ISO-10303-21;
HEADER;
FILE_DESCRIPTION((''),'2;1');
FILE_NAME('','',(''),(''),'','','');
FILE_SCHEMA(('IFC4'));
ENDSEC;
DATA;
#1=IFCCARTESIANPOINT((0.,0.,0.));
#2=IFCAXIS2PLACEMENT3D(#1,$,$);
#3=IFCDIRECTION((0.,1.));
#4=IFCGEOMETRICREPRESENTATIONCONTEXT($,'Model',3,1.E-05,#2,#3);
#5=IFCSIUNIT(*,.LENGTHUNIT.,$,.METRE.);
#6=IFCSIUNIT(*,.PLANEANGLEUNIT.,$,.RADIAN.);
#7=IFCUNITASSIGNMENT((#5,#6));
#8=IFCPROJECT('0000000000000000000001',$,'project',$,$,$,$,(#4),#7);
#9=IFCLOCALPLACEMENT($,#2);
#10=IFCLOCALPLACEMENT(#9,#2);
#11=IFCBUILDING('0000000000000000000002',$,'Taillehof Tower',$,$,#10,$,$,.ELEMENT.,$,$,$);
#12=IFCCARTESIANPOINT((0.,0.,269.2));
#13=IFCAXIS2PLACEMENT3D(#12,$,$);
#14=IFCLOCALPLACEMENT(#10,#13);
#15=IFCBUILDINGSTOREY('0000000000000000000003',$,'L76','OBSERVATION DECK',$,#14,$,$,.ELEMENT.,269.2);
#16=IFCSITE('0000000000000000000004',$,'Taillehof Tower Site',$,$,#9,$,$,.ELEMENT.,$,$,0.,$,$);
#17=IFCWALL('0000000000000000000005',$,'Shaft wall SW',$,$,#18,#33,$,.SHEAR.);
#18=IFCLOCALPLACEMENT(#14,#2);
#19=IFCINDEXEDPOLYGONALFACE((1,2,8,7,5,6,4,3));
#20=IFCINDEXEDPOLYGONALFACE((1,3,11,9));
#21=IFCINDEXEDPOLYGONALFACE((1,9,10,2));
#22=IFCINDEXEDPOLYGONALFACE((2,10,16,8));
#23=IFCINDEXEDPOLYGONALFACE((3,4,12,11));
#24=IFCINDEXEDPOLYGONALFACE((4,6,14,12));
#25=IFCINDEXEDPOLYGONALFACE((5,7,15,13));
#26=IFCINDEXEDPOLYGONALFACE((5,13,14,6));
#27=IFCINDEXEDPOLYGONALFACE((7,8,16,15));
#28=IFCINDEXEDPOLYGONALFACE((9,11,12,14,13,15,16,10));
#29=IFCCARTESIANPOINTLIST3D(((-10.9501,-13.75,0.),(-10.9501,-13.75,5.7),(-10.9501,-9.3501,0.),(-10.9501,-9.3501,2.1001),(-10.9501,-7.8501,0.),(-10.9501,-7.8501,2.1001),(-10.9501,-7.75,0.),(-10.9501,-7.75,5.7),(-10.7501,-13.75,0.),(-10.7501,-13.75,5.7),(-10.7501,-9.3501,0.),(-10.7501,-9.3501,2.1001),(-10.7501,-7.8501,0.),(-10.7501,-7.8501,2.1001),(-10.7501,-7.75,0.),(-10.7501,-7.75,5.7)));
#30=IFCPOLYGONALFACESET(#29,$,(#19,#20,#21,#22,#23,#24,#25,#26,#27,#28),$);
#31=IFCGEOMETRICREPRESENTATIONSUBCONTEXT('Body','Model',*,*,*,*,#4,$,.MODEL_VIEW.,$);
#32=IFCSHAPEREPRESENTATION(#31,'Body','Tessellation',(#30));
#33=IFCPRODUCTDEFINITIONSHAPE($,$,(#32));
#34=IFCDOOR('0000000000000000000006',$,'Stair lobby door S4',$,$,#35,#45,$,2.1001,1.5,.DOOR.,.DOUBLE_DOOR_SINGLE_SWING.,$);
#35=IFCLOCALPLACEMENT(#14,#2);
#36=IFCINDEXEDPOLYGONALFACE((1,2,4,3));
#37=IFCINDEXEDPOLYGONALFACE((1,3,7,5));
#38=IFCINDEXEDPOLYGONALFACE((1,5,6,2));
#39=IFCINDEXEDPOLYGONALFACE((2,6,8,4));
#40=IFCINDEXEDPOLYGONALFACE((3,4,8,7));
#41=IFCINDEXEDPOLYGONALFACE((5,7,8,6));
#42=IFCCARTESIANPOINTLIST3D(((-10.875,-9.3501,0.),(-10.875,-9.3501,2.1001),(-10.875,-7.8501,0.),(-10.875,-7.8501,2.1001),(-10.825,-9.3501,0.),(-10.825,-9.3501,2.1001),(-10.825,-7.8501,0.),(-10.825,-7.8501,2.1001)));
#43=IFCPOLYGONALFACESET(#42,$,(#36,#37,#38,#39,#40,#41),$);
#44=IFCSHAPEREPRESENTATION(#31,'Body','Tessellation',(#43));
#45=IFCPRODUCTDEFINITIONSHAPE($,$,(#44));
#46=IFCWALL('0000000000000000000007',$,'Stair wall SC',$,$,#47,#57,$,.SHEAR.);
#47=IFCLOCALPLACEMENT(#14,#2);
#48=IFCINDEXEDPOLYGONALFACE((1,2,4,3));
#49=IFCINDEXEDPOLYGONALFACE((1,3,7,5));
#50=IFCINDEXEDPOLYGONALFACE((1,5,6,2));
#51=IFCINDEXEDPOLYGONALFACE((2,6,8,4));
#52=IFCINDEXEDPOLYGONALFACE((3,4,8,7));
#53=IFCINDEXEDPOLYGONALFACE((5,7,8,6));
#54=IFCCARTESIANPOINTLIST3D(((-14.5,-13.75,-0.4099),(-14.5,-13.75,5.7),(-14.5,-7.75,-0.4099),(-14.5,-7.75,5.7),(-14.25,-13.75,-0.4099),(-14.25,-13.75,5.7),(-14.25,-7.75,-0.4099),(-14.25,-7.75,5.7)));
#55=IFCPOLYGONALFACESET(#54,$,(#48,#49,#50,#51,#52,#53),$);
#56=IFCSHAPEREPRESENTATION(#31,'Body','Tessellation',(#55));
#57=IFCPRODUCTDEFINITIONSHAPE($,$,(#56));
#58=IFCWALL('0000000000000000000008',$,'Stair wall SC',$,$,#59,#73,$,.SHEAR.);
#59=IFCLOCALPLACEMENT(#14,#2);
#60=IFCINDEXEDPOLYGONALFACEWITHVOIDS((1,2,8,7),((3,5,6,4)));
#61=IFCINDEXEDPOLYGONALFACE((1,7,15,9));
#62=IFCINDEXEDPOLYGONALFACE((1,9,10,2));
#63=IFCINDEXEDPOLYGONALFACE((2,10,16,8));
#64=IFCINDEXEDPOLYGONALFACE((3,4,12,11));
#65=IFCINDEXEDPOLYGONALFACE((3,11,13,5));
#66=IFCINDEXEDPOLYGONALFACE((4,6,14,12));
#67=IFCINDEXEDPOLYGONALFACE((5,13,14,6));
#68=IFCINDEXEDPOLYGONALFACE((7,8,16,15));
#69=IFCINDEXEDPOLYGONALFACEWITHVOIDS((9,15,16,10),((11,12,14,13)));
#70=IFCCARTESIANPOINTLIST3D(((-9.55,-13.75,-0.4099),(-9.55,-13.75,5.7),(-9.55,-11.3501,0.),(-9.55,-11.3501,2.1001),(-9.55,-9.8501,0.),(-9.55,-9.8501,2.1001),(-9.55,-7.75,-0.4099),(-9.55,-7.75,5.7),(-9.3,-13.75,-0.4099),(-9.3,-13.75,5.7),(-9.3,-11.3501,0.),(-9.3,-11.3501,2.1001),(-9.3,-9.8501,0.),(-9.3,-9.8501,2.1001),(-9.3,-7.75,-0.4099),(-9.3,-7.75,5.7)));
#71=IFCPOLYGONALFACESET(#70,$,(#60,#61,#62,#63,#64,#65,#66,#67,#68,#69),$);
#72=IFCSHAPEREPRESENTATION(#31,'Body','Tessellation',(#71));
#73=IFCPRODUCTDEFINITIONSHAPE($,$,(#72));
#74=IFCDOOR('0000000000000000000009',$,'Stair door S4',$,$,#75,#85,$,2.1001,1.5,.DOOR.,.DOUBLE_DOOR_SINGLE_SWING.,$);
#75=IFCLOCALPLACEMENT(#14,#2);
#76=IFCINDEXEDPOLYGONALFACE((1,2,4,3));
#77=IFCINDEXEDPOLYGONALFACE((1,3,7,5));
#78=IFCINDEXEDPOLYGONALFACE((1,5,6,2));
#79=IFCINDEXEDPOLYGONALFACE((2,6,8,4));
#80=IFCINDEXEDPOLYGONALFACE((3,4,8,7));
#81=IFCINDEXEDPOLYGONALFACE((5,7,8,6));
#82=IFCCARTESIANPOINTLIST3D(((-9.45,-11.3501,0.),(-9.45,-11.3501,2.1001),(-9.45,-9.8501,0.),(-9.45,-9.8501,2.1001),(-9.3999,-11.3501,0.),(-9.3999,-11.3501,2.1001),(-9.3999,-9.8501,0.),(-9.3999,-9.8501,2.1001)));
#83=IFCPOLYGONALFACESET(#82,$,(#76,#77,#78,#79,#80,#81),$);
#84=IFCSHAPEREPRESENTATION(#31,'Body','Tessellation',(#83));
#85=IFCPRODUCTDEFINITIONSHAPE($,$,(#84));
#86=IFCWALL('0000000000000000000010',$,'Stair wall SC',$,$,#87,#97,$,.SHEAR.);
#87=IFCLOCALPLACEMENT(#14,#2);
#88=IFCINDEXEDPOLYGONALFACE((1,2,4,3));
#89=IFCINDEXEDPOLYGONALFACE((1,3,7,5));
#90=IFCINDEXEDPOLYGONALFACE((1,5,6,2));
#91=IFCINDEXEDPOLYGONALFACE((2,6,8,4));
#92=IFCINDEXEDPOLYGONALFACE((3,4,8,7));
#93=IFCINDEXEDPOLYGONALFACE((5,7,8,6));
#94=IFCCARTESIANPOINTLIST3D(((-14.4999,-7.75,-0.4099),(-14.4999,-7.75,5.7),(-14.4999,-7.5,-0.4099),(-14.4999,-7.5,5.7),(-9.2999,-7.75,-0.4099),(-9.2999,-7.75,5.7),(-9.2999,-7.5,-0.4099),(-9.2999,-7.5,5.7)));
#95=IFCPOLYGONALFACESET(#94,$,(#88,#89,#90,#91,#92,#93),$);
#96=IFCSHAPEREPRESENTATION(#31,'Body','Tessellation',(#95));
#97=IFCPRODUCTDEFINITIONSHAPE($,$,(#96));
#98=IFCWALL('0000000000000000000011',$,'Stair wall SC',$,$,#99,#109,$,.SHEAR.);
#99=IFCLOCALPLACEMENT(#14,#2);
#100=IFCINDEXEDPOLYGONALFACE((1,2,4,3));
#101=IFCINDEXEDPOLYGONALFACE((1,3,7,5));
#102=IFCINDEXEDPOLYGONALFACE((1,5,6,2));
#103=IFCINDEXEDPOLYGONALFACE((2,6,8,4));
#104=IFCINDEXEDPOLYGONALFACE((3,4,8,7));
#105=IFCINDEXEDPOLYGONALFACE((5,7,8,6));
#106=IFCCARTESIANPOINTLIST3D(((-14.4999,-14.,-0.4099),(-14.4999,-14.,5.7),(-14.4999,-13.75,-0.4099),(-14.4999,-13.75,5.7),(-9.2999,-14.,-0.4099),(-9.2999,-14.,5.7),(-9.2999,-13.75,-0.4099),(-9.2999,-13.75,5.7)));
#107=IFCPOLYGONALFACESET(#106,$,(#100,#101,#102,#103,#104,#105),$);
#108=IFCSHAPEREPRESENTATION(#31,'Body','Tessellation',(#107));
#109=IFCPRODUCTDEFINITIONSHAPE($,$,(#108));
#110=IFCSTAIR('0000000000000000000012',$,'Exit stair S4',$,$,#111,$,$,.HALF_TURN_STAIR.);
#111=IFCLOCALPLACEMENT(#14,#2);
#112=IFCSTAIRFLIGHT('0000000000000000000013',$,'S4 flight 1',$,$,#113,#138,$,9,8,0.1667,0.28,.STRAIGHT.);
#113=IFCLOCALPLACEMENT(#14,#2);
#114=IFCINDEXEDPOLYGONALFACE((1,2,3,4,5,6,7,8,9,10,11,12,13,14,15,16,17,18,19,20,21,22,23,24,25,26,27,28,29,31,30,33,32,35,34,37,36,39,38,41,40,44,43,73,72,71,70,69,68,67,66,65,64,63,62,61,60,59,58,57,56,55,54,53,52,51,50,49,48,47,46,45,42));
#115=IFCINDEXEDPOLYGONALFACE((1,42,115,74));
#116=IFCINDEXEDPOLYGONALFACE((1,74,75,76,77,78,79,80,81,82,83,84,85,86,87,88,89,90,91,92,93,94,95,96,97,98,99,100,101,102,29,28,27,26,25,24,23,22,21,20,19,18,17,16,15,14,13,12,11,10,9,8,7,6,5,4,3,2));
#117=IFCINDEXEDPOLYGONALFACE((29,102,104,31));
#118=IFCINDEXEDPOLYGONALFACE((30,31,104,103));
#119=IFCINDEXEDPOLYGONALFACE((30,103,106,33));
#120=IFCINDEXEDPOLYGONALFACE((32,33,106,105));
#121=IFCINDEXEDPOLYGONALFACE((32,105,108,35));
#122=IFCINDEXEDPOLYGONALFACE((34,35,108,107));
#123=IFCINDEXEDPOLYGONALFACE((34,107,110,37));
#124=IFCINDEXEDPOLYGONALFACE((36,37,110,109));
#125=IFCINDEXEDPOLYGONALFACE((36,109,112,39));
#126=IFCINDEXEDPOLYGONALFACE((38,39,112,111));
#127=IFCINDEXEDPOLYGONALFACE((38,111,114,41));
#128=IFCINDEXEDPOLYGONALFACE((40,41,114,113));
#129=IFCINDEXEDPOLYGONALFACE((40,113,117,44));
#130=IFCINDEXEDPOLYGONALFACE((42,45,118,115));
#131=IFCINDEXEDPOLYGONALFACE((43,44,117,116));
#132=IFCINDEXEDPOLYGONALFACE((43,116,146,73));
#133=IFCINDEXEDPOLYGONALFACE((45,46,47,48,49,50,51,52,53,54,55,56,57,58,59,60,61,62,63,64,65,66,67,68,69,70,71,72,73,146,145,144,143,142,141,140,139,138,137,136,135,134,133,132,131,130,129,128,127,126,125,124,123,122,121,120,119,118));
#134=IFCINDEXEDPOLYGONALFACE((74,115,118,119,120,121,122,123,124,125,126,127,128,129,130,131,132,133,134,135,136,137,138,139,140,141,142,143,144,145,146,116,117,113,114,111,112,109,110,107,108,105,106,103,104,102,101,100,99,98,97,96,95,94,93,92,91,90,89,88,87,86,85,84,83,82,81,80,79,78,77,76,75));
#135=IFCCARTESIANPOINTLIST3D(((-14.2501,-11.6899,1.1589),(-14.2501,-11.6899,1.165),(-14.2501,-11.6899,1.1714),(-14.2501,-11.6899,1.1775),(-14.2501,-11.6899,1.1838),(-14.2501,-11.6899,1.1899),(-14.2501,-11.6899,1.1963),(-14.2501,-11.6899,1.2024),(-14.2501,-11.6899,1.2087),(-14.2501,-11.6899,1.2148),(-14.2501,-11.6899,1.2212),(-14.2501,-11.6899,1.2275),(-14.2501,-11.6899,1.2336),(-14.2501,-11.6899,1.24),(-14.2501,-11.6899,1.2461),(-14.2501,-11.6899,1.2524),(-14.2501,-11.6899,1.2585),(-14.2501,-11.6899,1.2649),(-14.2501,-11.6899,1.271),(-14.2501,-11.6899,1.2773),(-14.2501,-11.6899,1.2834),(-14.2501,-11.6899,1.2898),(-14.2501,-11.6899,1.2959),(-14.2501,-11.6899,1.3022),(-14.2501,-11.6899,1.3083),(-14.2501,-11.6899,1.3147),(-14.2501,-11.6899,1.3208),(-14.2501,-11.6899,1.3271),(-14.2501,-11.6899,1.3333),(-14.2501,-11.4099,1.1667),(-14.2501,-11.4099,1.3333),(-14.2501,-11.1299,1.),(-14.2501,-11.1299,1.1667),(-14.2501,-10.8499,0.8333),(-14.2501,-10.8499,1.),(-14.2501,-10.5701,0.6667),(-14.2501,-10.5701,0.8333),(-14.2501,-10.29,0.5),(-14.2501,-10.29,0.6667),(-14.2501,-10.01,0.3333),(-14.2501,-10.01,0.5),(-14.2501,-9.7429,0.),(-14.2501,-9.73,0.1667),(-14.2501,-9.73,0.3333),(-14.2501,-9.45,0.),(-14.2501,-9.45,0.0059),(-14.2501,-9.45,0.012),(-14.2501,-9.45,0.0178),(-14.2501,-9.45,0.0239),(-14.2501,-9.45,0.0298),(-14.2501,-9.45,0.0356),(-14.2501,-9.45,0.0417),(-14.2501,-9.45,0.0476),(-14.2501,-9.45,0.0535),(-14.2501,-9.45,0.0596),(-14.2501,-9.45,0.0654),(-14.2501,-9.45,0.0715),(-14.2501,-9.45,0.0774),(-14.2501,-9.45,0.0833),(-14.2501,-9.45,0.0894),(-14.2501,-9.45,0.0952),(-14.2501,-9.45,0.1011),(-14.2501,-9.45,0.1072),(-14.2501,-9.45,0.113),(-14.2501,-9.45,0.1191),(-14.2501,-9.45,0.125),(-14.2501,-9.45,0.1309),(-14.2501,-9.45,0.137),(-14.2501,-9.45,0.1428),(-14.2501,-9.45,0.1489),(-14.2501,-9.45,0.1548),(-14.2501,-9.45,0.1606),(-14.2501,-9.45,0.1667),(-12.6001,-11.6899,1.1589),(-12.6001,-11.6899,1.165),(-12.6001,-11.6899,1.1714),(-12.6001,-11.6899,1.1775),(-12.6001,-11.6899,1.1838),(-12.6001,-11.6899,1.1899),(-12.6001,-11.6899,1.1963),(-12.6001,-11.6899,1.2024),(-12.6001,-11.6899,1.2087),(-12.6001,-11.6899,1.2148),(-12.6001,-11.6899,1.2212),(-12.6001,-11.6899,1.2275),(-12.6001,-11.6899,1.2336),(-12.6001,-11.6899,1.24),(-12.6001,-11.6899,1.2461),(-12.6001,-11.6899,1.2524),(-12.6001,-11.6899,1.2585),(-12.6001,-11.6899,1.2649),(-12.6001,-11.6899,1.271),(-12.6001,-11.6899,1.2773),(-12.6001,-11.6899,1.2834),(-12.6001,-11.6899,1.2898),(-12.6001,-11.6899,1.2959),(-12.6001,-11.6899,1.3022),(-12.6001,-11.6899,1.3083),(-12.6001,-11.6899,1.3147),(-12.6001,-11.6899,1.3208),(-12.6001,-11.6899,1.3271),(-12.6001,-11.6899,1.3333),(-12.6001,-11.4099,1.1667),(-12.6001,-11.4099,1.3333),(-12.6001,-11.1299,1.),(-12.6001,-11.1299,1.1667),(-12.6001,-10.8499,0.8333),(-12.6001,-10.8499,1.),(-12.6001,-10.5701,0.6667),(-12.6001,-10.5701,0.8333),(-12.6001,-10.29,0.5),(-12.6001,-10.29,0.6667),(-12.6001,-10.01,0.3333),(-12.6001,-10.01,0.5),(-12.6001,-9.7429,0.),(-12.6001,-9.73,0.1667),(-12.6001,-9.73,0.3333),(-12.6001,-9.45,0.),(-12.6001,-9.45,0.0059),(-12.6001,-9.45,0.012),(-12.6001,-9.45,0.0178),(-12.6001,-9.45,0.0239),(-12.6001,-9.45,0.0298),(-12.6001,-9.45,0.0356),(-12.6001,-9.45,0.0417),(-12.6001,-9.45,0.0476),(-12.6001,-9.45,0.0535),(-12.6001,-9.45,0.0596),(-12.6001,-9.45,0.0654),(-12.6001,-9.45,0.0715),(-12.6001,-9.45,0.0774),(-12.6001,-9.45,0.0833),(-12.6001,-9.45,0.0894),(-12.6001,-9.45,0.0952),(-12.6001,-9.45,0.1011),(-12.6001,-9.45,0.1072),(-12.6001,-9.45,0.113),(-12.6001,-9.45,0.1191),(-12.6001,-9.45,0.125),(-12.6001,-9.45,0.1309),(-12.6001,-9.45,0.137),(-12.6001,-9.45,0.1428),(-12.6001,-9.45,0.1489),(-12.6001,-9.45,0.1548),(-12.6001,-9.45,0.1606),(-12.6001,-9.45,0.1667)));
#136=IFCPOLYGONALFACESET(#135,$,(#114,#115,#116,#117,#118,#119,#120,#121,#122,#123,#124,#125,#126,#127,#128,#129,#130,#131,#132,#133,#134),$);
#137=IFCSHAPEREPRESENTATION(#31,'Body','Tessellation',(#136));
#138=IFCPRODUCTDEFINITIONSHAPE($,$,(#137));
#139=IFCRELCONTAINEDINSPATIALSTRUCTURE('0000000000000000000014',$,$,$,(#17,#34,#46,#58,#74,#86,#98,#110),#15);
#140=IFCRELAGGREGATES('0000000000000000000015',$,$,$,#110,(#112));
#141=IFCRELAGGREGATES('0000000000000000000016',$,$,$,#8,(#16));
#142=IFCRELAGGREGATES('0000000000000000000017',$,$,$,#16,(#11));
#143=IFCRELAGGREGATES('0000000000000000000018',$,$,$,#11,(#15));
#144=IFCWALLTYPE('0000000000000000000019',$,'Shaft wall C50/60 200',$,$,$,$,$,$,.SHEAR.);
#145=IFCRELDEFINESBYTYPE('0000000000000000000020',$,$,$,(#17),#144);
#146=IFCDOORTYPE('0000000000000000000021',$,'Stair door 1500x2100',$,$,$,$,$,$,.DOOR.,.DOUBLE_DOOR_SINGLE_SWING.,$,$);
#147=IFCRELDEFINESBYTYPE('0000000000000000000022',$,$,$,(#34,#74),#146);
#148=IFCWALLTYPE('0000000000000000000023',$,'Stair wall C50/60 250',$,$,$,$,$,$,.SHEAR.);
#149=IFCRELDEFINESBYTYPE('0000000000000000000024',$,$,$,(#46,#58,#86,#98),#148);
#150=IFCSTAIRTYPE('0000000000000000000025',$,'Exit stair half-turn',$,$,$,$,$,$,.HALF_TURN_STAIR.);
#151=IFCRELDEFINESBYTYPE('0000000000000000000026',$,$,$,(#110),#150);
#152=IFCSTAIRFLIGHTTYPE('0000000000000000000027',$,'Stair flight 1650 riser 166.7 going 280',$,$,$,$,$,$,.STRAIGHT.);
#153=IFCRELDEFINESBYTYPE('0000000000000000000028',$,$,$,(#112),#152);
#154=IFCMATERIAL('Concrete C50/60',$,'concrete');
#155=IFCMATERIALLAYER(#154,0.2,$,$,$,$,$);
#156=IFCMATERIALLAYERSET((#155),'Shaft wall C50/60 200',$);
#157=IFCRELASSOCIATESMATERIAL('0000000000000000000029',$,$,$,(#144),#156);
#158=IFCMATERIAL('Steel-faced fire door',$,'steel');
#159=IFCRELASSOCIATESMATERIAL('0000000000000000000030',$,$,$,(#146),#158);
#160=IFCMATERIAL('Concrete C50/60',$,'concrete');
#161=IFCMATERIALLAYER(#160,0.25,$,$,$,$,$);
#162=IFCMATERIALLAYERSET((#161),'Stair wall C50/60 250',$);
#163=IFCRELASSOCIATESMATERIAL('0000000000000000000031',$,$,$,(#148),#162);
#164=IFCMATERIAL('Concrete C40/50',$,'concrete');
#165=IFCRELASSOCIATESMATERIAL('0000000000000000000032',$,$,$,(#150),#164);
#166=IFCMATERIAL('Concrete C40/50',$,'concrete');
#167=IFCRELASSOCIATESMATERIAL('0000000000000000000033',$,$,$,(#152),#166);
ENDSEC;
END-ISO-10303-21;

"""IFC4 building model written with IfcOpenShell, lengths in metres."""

from ifc_helpers import new_model, si_unit, direction, frame, frame_2d, origin, place, context, subcontext, project, spatial, polyline, rectangle, outline, extrude, material, layer, layer_set, type_object, element, fill, aggregate, save


model = new_model("IFC4")

# Units and contexts
model_context = context("Model", 3, precision=1e-05, world=origin(), true_north=direction((0.0, 1.0)))
body_context = subcontext(model_context, "Body", "Model", "MODEL_VIEW")
ifc_project = project(units=[si_unit("LENGTHUNIT", "METRE"), si_unit("PLANEANGLEUNIT", "RADIAN")], contexts=[model_context])

# Site, building, storey
site_placement = place(None, origin())
site = spatial("IfcSite", under=ifc_project, at=site_placement, Name="Taillehof Tower Site", CompositionType="ELEMENT", RefElevation=0.0)
building_placement = place(site_placement, origin())
building = spatial("IfcBuilding", under=site, at=building_placement, Name="Taillehof Tower", CompositionType="ELEMENT")
storey_placement = place(building_placement, frame((0.0, 0.0, 269.2)))
storey = spatial("IfcBuildingStorey", under=building, at=storey_placement, Name="L76", Description="OBSERVATION DECK", CompositionType="ELEMENT", Elevation=269.2)

# Wall, opening, door
ifc_material_1 = material(Name="Concrete C50/60", Category="concrete")
ifc_layer_1 = layer(ifc_material_1, 0.2)
ifc_layer_set_1 = layer_set([ifc_layer_1], Name="Shaft wall C50/60 200")
wall_type_1 = type_object("IfcWallType", Name="Shaft wall C50/60 200", PredefinedType="SHEAR", material=ifc_layer_set_1)
wall_1_placement = place(storey_placement, frame((-10.8501, -13.75, 0.0), z_axis=(0.0, 0.0, 1.0), x_axis=(0.0, 1.0, 0.0)))
wall_1 = element("IfcWall", 1, at=wall_1_placement, inside=storey, type_object=wall_type_1, Name="Shaft wall SW", PredefinedType="SHEAR", context=body_context, shape_type="SweptSolid", body=[
    extrude(rectangle(XDim=6.0, YDim=0.2, at=frame_2d((3.0, 0.0))), origin(), (0.0, 0.0, 1.0), 5.7),
])
opening_1_placement = place(wall_1_placement, frame((4.3999, 0.0, 0.0)))
opening_1 = element("IfcOpeningElement", 2, at=opening_1_placement, cuts=wall_1, PredefinedType="OPENING", context=body_context, shape_type="SweptSolid", body=[
    extrude(rectangle(XDim=1.5, YDim=2.1001, at=frame_2d((0.75, 1.05))), frame((0.0, 0.1099, 0.0), z_axis=(0.0, -1.0, 0.0), x_axis=(1.0, 0.0, 0.0)), (0.0, 0.0, 1.0), 0.22),
])
ifc_material_2 = material(Name="Steel-faced fire door", Category="steel")
door_type_1 = type_object("IfcDoorType", Name="Stair door 1500x2100", OperationType="DOUBLE_DOOR_SINGLE_SWING", PredefinedType="DOOR", material=ifc_material_2)
door_1_placement = place(opening_1_placement, origin())
door_1 = element("IfcDoor", 3, at=door_1_placement, inside=storey, type_object=door_type_1, Name="Stair lobby door S4", OperationType="DOUBLE_DOOR_SINGLE_SWING", OverallHeight=2.1001, OverallWidth=1.5, PredefinedType="DOOR", context=body_context, shape_type="SweptSolid", body=[
    extrude(rectangle(XDim=1.5, YDim=2.1001, at=frame_2d((0.75, 1.05))), frame((0.0, 0.0249, 0.0), z_axis=(0.0, -1.0, 0.0), x_axis=(1.0, 0.0, 0.0)), (0.0, 0.0, 1.0), 0.05),
])
fill(opening_1, door_1)

# Wall
ifc_material_3 = material(Name="Concrete C50/60", Category="concrete")
ifc_layer_2 = layer(ifc_material_3, 0.25)
ifc_layer_set_2 = layer_set([ifc_layer_2], Name="Stair wall C50/60 250")
wall_type_2 = type_object("IfcWallType", Name="Stair wall C50/60 250", PredefinedType="SHEAR", material=ifc_layer_set_2)
wall_2_placement = place(storey_placement, frame((-14.375, -13.75, -0.4099), z_axis=(0.0, 0.0, 1.0), x_axis=(0.0, 1.0, 0.0)))
element("IfcWall", 4, at=wall_2_placement, inside=storey, type_object=wall_type_2, Name="Stair wall SC", PredefinedType="SHEAR", context=body_context, shape_type="SweptSolid", body=[
    extrude(rectangle(XDim=6.0, YDim=0.25, at=frame_2d((3.0, 0.0))), origin(), (0.0, 0.0, 1.0), 6.1099),
])

# Wall, opening, door
wall_3_placement = place(storey_placement, frame((-9.425, -13.75, -0.4099), z_axis=(0.0, 0.0, 1.0), x_axis=(0.0, 1.0, 0.0)))
wall_3 = element("IfcWall", 5, at=wall_3_placement, inside=storey, type_object=wall_type_2, Name="Stair wall SC", PredefinedType="SHEAR", context=body_context, shape_type="SweptSolid", body=[
    extrude(rectangle(XDim=6.0, YDim=0.25, at=frame_2d((3.0, 0.0))), origin(), (0.0, 0.0, 1.0), 6.1099),
])
opening_2_placement = place(wall_3_placement, frame((2.3999, 0.0, 0.4099)))
opening_2 = element("IfcOpeningElement", 6, at=opening_2_placement, cuts=wall_3, PredefinedType="OPENING", context=body_context, shape_type="SweptSolid", body=[
    extrude(rectangle(XDim=1.5, YDim=2.1001, at=frame_2d((0.75, 1.05))), frame((0.0, 0.135, 0.0), z_axis=(0.0, -1.0, 0.0), x_axis=(1.0, 0.0, 0.0)), (0.0, 0.0, 1.0), 0.27),
])
door_2_placement = place(opening_2_placement, origin())
door_2 = element("IfcDoor", 7, at=door_2_placement, inside=storey, type_object=door_type_1, Name="Stair door S4", OperationType="DOUBLE_DOOR_SINGLE_SWING", OverallHeight=2.1001, OverallWidth=1.5, PredefinedType="DOOR", context=body_context, shape_type="SweptSolid", body=[
    extrude(rectangle(XDim=1.5, YDim=2.1001, at=frame_2d((0.75, 1.05))), frame((0.0, 0.0249, 0.0), z_axis=(0.0, -1.0, 0.0), x_axis=(1.0, 0.0, 0.0)), (0.0, 0.0, 1.0), 0.05),
])
fill(opening_2, door_2)

# Walls
for number, where, z_axis, x_axis, name in (
    (8, (-14.5, -7.625, -0.4099), (0.0, 0.0, 1.0), (1.0, 0.0, 0.0), "Stair wall SC"),
    (9, (-14.5, -13.875, -0.4099), (0.0, 0.0, 1.0), (1.0, 0.0, 0.0), "Stair wall SC"),
):
    element("IfcWall", number, at=place(storey_placement, frame(where, z_axis=z_axis, x_axis=x_axis)), inside=storey, type_object=wall_type_2, Name=name, PredefinedType="SHEAR", context=body_context, shape_type="SweptSolid", body=[
        extrude(rectangle(XDim=5.2, YDim=0.25, at=frame_2d((2.6001, 0.0))), origin(), (0.0, 0.0, 1.0), 6.1099),
    ])

# Stair, stair flight
ifc_material_4 = material(Name="Concrete C40/50", Category="concrete")
stair_type = type_object("IfcStairType", Name="Exit stair half-turn", PredefinedType="HALF_TURN_STAIR", material=ifc_material_4)
stair_placement = place(storey_placement, origin())
stair = element("IfcStair", 10, at=stair_placement, inside=storey, type_object=stair_type, Name="Exit stair S4", PredefinedType="HALF_TURN_STAIR")
ifc_material_5 = material(Name="Concrete C40/50", Category="concrete")
stair_flight_type = type_object("IfcStairFlightType", Name="Stair flight 1650 riser 166.7 going 280", PredefinedType="STRAIGHT", material=ifc_material_5)
stair_flight_1_placement = place(storey_placement, frame((-13.425, -9.45, 0.0), z_axis=(0.0, 0.0, 1.0), x_axis=(0.0, -1.0, 0.0)))
stair_flight_1 = element("IfcStairFlight", 11, at=stair_flight_1_placement, type_object=stair_flight_type, Name="S4 flight 1", NumberOfRisers=9, NumberOfTreads=8, PredefinedType="STRAIGHT", RiserHeight=0.1667, TreadLength=0.28, context=body_context, shape_type="SweptSolid", body=[
    extrude(outline(polyline([(0.0, 0.0), (0.0, 0.0059), (0.0, 0.012), (0.0, 0.0178), (0.0, 0.0239), (0.0, 0.0298), (0.0, 0.0356), (0.0, 0.0417), (0.0, 0.0476), (0.0, 0.0535), (0.0, 0.0596), (0.0, 0.0654), (0.0, 0.0715), (0.0, 0.0774), (0.0, 0.0833), (0.0, 0.0894), (0.0, 0.0952), (0.0, 0.1011), (0.0, 0.1072), (0.0, 0.113), (0.0, 0.1191), (0.0, 0.125), (0.0, 0.1309), (0.0, 0.137), (0.0, 0.1428), (0.0, 0.1489), (0.0, 0.1548), (0.0, 0.1606), (0.0, 0.1667), (0.28, 0.1667), (0.28, 0.3333), (0.5601, 0.3333), (0.5601, 0.5), (0.8401, 0.5), (0.8401, 0.6667), (1.1201, 0.6667), (1.1201, 0.8333), (1.3999, 0.8333), (1.3999, 1.0), (1.6799, 1.0), (1.6799, 1.1667), (1.96, 1.1667), (1.96, 1.3333), (2.24, 1.3333), (2.24, 1.3271), (2.24, 1.3208), (2.24, 1.3147), (2.24, 1.3083), (2.24, 1.3022), (2.24, 1.2959), (2.24, 1.2898), (2.24, 1.2834), (2.24, 1.2773), (2.24, 1.271), (2.24, 1.2649), (2.24, 1.2585), (2.24, 1.2524), (2.24, 1.2461), (2.24, 1.24), (2.24, 1.2336), (2.24, 1.2275), (2.24, 1.2212), (2.24, 1.2148), (2.24, 1.2087), (2.24, 1.2024), (2.24, 1.1963), (2.24, 1.1899), (2.24, 1.1838), (2.24, 1.1775), (2.24, 1.1714), (2.24, 1.165), (2.24, 1.1589), (0.293, 0.0), (0.0, 0.0)])), frame((0.0, 0.825, 0.0), z_axis=(0.0, -1.0, 0.0), x_axis=(1.0, 0.0, 0.0)), (0.0, 0.0, 1.0), 1.65),
])
aggregate(stair, [stair_flight_1])

save(model, "model.ifc")
